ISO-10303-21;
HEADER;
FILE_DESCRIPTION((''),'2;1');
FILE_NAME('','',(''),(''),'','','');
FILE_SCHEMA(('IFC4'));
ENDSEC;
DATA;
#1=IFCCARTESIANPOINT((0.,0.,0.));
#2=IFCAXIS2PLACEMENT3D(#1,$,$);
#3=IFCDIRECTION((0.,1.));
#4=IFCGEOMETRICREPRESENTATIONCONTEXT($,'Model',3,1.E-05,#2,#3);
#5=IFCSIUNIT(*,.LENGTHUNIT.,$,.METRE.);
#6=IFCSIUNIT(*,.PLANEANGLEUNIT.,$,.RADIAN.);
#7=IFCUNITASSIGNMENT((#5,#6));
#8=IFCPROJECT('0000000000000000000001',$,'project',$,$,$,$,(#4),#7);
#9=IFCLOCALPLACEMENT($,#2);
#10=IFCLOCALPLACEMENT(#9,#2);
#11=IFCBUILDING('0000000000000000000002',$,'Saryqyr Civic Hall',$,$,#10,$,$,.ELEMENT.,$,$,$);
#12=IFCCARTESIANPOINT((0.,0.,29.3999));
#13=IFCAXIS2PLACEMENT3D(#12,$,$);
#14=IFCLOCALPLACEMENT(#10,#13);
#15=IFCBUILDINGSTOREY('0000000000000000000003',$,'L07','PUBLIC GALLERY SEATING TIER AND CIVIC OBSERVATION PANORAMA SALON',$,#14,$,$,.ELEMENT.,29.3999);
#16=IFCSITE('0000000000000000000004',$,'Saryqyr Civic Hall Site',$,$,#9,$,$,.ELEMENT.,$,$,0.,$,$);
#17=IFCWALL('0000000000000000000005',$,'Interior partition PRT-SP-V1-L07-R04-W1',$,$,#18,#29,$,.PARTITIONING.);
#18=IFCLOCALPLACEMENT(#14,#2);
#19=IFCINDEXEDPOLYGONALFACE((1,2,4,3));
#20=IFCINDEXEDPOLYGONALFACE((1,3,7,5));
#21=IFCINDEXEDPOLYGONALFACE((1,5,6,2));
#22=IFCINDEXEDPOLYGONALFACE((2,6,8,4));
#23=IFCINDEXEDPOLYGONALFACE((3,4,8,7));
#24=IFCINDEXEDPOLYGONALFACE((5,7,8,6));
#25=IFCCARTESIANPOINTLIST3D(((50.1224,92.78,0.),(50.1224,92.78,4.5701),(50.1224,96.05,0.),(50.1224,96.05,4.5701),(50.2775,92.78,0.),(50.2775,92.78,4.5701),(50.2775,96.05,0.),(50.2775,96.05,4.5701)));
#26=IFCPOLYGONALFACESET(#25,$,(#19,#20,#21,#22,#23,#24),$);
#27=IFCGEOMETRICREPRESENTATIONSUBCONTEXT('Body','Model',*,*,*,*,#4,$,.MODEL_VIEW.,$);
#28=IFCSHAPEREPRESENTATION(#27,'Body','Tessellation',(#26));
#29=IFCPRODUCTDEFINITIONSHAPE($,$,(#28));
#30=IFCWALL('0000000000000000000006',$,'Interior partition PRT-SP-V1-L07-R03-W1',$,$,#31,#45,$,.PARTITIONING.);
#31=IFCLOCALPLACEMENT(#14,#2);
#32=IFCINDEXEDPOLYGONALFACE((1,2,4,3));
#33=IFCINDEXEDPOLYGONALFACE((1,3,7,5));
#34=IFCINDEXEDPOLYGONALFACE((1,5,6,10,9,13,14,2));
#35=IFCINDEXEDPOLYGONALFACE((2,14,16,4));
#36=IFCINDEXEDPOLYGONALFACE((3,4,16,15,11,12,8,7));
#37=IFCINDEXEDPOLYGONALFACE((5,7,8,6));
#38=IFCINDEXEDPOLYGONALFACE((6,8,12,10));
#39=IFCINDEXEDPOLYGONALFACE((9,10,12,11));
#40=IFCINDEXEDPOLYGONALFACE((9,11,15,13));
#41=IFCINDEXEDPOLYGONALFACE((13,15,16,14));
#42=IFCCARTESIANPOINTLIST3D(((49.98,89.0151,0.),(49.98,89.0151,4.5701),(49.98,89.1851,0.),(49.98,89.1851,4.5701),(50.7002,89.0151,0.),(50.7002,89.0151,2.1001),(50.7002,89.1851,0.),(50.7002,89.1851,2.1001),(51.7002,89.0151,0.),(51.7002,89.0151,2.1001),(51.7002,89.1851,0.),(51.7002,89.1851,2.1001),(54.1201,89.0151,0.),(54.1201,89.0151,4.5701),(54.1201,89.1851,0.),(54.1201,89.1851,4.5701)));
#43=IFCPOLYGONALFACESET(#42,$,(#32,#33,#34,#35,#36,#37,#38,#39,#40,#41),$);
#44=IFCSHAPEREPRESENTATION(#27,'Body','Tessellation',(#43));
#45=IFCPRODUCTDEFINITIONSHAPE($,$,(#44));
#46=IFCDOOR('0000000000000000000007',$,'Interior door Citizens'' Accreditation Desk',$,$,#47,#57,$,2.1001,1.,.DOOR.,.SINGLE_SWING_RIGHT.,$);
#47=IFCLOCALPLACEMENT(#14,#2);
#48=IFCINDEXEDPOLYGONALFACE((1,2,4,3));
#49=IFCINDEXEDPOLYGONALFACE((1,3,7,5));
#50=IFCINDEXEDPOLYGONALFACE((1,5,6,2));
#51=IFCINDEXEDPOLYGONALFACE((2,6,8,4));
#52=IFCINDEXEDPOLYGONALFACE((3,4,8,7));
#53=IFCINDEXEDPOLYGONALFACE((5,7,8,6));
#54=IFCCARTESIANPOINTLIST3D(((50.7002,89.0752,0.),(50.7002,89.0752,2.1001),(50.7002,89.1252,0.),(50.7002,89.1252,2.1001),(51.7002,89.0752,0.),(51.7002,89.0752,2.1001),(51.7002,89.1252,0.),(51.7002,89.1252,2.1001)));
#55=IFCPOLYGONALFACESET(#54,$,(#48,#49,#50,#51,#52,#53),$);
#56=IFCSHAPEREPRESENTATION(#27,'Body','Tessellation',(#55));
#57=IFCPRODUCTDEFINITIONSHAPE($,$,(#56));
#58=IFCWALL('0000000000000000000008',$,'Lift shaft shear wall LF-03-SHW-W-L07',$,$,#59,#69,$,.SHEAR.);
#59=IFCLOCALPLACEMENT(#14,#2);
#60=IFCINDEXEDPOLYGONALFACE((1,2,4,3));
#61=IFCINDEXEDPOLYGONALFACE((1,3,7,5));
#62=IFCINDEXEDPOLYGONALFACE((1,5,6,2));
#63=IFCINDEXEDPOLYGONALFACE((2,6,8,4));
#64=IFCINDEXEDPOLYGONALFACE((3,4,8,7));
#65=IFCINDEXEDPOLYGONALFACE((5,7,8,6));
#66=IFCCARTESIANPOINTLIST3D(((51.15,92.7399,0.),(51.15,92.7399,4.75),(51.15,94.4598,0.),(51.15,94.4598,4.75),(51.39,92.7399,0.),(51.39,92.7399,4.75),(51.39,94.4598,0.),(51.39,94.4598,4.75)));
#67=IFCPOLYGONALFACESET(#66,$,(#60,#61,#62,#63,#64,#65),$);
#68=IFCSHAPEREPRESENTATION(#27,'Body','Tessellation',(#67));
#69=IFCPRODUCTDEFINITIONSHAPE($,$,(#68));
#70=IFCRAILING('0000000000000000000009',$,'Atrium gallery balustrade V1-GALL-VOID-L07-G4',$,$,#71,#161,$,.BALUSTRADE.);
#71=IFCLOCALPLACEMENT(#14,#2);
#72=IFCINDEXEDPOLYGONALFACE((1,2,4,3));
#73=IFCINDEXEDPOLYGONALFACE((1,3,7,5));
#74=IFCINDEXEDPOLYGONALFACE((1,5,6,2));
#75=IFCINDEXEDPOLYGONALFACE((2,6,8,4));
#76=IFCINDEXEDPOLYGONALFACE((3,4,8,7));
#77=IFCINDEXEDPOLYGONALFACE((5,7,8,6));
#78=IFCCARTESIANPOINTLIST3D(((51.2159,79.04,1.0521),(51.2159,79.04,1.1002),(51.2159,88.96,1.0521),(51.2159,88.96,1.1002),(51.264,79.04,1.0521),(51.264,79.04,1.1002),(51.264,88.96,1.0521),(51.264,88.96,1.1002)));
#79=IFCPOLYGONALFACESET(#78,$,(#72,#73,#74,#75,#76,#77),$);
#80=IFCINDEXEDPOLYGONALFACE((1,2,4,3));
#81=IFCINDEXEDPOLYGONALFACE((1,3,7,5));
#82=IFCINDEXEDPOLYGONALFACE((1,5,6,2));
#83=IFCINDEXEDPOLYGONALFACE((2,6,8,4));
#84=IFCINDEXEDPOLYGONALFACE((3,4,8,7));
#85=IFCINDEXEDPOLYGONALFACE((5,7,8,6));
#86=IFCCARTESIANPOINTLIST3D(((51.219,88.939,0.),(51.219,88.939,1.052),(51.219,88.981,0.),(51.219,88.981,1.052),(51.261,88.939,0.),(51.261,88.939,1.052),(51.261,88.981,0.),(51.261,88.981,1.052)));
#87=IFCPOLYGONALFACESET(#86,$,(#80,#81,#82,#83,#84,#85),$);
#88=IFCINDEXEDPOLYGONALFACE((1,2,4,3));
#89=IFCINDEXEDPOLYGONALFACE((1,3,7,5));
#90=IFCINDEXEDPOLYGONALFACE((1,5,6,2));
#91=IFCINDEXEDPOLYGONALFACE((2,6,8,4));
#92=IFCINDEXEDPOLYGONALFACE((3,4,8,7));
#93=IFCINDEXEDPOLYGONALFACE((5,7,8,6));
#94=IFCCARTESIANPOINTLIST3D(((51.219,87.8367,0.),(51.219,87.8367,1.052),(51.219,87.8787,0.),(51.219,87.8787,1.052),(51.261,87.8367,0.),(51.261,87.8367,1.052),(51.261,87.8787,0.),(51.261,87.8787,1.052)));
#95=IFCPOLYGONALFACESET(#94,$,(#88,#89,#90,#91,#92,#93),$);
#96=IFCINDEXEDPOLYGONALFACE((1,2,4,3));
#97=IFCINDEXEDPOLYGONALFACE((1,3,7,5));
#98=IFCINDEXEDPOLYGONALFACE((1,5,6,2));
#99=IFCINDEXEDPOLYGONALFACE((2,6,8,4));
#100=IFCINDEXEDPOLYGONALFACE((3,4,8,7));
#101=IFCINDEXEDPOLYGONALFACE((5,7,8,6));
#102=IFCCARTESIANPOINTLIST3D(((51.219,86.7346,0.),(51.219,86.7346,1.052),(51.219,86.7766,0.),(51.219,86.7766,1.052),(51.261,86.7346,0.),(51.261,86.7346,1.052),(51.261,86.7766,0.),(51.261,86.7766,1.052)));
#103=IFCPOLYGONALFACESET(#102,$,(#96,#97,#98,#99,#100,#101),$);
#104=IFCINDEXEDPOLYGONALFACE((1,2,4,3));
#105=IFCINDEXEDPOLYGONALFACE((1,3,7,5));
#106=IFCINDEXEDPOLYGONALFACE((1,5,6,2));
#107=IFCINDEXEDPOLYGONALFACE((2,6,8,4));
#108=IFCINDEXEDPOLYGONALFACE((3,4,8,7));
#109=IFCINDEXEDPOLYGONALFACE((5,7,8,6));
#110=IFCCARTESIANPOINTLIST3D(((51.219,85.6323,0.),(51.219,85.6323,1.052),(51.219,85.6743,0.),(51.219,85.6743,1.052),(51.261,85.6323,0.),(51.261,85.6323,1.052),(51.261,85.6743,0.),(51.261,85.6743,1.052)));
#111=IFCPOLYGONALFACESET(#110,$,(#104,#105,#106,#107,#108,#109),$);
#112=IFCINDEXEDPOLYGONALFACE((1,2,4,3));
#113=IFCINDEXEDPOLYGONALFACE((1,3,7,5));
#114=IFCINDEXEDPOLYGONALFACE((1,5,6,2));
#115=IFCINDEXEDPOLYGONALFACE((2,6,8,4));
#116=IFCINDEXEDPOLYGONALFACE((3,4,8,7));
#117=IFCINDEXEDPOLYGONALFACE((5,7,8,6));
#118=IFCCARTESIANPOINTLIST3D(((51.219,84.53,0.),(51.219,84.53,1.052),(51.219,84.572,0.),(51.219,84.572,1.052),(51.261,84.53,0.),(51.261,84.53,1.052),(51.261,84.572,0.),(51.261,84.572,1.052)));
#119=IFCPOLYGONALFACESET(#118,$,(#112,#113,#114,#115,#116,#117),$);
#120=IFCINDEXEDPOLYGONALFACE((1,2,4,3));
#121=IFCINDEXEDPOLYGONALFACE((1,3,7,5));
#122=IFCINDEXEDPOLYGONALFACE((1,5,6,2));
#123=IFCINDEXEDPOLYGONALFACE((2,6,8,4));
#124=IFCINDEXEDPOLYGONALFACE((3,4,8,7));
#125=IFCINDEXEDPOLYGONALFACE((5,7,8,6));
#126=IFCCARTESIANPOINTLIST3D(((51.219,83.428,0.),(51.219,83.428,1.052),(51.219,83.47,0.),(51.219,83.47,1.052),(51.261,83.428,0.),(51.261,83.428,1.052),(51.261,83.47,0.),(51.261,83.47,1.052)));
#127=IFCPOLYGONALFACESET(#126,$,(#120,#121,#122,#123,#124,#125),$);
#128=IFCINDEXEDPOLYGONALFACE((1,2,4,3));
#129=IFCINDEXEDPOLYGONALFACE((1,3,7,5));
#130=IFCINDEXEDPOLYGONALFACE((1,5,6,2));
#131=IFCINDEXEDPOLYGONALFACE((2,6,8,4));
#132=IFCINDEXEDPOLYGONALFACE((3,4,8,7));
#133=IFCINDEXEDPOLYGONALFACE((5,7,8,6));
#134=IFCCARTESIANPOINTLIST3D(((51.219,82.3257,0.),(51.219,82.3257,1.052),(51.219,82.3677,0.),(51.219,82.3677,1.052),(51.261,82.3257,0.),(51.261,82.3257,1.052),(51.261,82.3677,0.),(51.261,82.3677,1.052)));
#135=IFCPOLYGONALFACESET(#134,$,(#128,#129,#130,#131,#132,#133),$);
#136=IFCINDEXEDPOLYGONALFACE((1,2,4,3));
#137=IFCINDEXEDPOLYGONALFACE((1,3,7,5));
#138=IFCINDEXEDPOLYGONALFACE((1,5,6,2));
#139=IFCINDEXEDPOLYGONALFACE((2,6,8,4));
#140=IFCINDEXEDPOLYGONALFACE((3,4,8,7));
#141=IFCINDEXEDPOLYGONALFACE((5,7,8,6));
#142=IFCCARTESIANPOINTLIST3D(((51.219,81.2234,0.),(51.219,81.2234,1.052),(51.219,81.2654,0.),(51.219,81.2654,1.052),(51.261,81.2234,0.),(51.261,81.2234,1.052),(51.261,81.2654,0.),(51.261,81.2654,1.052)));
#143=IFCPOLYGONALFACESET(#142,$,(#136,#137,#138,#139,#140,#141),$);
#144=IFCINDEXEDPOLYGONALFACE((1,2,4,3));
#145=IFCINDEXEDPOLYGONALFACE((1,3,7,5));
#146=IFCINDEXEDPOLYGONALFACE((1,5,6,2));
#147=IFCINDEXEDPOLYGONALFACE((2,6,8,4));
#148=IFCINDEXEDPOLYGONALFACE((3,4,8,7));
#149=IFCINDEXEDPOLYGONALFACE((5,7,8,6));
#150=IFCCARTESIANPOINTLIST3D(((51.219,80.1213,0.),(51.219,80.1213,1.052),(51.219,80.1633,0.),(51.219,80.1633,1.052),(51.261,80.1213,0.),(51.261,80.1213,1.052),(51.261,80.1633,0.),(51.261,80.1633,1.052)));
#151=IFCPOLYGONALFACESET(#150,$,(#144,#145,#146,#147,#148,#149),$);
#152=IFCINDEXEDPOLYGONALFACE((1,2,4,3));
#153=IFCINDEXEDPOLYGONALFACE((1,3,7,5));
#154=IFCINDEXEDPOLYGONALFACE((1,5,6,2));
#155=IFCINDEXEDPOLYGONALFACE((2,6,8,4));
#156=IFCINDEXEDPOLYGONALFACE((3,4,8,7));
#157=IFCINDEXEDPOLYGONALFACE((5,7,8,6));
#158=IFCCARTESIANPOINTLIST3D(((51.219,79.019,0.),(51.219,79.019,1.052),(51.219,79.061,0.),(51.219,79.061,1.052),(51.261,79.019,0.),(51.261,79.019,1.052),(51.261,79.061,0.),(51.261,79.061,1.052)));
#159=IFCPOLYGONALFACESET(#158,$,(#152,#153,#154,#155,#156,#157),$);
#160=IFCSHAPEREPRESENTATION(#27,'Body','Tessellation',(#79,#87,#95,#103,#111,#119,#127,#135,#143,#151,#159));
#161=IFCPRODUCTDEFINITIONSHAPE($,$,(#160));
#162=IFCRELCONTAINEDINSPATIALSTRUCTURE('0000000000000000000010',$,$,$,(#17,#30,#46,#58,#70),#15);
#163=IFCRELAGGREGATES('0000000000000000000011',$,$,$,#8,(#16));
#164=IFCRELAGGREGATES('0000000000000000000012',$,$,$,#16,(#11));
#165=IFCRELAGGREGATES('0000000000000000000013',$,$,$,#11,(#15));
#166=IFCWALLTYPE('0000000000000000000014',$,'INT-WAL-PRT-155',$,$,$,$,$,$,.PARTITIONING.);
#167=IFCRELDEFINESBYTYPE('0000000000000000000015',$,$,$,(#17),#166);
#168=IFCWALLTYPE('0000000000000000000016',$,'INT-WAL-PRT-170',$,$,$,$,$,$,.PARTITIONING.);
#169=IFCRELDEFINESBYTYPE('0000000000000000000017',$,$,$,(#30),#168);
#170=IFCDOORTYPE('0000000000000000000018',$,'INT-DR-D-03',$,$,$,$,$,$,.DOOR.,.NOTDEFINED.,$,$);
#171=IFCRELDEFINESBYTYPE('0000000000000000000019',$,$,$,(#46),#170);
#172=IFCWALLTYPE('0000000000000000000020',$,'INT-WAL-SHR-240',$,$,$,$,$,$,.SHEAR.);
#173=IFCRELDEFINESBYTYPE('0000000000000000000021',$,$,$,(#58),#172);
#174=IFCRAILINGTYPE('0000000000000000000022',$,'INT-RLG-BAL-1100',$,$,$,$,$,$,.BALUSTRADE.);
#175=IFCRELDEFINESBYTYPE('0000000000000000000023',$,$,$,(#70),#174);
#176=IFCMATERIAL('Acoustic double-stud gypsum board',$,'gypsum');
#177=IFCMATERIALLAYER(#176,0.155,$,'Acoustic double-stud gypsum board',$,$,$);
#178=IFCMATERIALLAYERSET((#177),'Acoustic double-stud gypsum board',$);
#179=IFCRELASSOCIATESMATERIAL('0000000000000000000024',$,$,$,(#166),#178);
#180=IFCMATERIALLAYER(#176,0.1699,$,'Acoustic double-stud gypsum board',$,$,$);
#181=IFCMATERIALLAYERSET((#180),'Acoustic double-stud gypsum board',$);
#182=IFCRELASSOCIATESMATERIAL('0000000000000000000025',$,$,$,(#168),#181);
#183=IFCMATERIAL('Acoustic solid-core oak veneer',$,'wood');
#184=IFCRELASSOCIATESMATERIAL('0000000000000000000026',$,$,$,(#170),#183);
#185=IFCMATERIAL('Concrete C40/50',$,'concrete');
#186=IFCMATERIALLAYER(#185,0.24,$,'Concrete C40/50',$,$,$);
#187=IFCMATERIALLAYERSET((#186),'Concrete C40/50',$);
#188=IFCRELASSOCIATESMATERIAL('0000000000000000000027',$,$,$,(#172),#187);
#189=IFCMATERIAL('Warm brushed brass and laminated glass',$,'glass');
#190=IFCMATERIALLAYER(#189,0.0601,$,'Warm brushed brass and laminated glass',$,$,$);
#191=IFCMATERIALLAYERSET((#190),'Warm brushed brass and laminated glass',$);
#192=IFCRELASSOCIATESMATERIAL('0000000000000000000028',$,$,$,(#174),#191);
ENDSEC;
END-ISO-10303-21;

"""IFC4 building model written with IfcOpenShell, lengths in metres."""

from ifc_helpers import new_model, si_unit, direction, frame, frame_2d, origin, origin_2d, place, context, subcontext, project, spatial, rectangle, extrude, material, layer, layer_set, type_object, element, fill, save


model = new_model("IFC4")

# Units and contexts
model_context = context("Model", 3, precision=1e-05, world=origin(), true_north=direction((0.0, 1.0)))
body_context = subcontext(model_context, "Body", "Model", "MODEL_VIEW")
ifc_project = project(units=[si_unit("LENGTHUNIT", "METRE"), si_unit("PLANEANGLEUNIT", "RADIAN")], contexts=[model_context])

# Site, building, storey
site_placement = place(None, origin())
site = spatial("IfcSite", under=ifc_project, at=site_placement, Name="Saryqyr Civic Hall Site", CompositionType="ELEMENT", RefElevation=0.0)
building_placement = place(site_placement, origin())
building = spatial("IfcBuilding", under=site, at=building_placement, Name="Saryqyr Civic Hall", CompositionType="ELEMENT")
storey_placement = place(building_placement, frame((0.0, 0.0, 29.3999)))
storey = spatial("IfcBuildingStorey", under=building, at=storey_placement, Name="L07", Description="PUBLIC GALLERY SEATING TIER AND CIVIC OBSERVATION PANORAMA SALON", CompositionType="ELEMENT", Elevation=29.3999)

# Shared definitions
ifc_material_1 = material(Name="Acoustic solid-core oak veneer", Category="wood")

# Wall
ifc_material_2 = material(Name="Acoustic double-stud gypsum board", Category="gypsum")
ifc_layer_1 = layer(ifc_material_2, 0.155, Name="Acoustic double-stud gypsum board")
ifc_layer_set_1 = layer_set([ifc_layer_1], Name="Acoustic double-stud gypsum board")
wall_type_1 = type_object("IfcWallType", Name="INT-WAL-PRT-155", PredefinedType="PARTITIONING", material=ifc_layer_set_1)
wall_1_placement = place(storey_placement, frame((50.2, 92.78, 0.0), z_axis=(0.0, 0.0, 1.0), x_axis=(0.0, 1.0, 0.0)))
element("IfcWall", 1, at=wall_1_placement, inside=storey, type_object=wall_type_1, Name="Interior partition PRT-SP-V1-L07-R04-W1", PredefinedType="PARTITIONING", context=body_context, shape_type="SweptSolid", body=[
    extrude(rectangle(XDim=3.27, YDim=0.155, at=frame_2d((1.635, 0.0))), origin(), (0.0, 0.0, 1.0), 4.5701),
])

# Wall, opening, door
ifc_layer_2 = layer(ifc_material_2, 0.1699, Name="Acoustic double-stud gypsum board")
ifc_layer_set_2 = layer_set([ifc_layer_2], Name="Acoustic double-stud gypsum board")
wall_type_2 = type_object("IfcWallType", Name="INT-WAL-PRT-170", PredefinedType="PARTITIONING", material=ifc_layer_set_2)
wall_2_placement = place(storey_placement, frame((54.1201, 89.1001, 0.0), z_axis=(0.0, 0.0, 1.0), x_axis=(-1.0, 0.0, 0.0)))
wall_2 = element("IfcWall", 2, at=wall_2_placement, inside=storey, type_object=wall_type_2, Name="Interior partition PRT-SP-V1-L07-R03-W1", PredefinedType="PARTITIONING", context=body_context, shape_type="SweptSolid", body=[
    extrude(rectangle(XDim=4.1401, YDim=0.1699, at=frame_2d((2.0701, 0.0))), origin(), (0.0, 0.0, 1.0), 4.5701),
])
opening_1_placement = place(wall_2_placement, frame((2.4199, 0.0, 0.0)))
opening_1 = element("IfcOpeningElement", 3, at=opening_1_placement, cuts=wall_2, PredefinedType="OPENING", context=body_context, shape_type="SweptSolid", body=[
    extrude(rectangle(XDim=1.0, YDim=2.1001, at=frame_2d((0.5, 1.05))), frame((0.0, 0.095, 0.0), z_axis=(0.0, -1.0, 0.0), x_axis=(1.0, 0.0, 0.0)), (0.0, 0.0, 1.0), 0.1899),
])
door_type_1 = type_object("IfcDoorType", Name="INT-DR-D-03", OperationType="NOTDEFINED", PredefinedType="DOOR", material=ifc_material_1)
door_1_placement = place(opening_1_placement, origin())
door_1 = element("IfcDoor", 4, at=door_1_placement, inside=storey, type_object=door_type_1, Name="Interior door Citizens' Accreditation Desk", OperationType="SINGLE_SWING_RIGHT", OverallHeight=2.1001, OverallWidth=1.0, PredefinedType="DOOR", context=body_context, shape_type="SweptSolid", body=[
    extrude(rectangle(XDim=1.0, YDim=2.1001, at=frame_2d((0.5, 1.05))), frame((0.0, 0.0249, 0.0), z_axis=(0.0, -1.0, 0.0), x_axis=(1.0, 0.0, 0.0)), (0.0, 0.0, 1.0), 0.05),
])
fill(opening_1, door_1)
ifc_material_3 = material(Name="Concrete C40/50", Category="concrete")
ifc_layer_3 = layer(ifc_material_3, 0.24, Name="Concrete C40/50")
ifc_layer_set_3 = layer_set([ifc_layer_3], Name="Concrete C40/50")
wall_type_3 = type_object("IfcWallType", Name="INT-WAL-SHR-240", PredefinedType="SHEAR", material=ifc_layer_set_3)

# Wall
wall_3_placement = place(storey_placement, frame((51.27, 92.74, 0.0), z_axis=(0.0, 0.0, 1.0), x_axis=(0.0, 1.0, 0.0)))
element("IfcWall", 5, at=wall_3_placement, inside=storey, type_object=wall_type_3, Name="Lift shaft shear wall LF-03-SHW-W-L07", PredefinedType="SHEAR", context=body_context, shape_type="SweptSolid", body=[
    extrude(rectangle(XDim=1.72, YDim=0.24, at=frame_2d((0.8599, 0.0))), origin(), (0.0, 0.0, 1.0), 4.75),
])

# Railing
ifc_material_4 = material(Name="Warm brushed brass and laminated glass", Category="glass")
ifc_layer_4 = layer(ifc_material_4, 0.0601, Name="Warm brushed brass and laminated glass")
ifc_layer_set_4 = layer_set([ifc_layer_4], Name="Warm brushed brass and laminated glass")
railing_type = type_object("IfcRailingType", Name="INT-RLG-BAL-1100", PredefinedType="BALUSTRADE", material=ifc_layer_set_4)
railing_placement = place(storey_placement, frame((51.24, 88.96, 0.0)))
element("IfcRailing", 6, at=railing_placement, inside=storey, type_object=railing_type, Name="Atrium gallery balustrade V1-GALL-VOID-L07-G4", PredefinedType="BALUSTRADE", context=body_context, shape_type="SweptSolid", body=[
    extrude(rectangle(XDim=0.0481, YDim=0.0481, at=origin_2d()), frame((0.0, 0.0, 1.0762), z_axis=(0.0, -1.0, 0.0), x_axis=(1.0, 0.0, 0.0)), (0.0, 0.0, 1.0), 9.9199),
    extrude(rectangle(XDim=0.042, YDim=0.042, at=origin_2d()), origin(), (0.0, 0.0, 1.0), 1.052),
    extrude(rectangle(XDim=0.042, YDim=0.042, at=origin_2d()), frame((0.0, -1.1023, 0.0)), (0.0, 0.0, 1.0), 1.052),
    extrude(rectangle(XDim=0.042, YDim=0.042, at=origin_2d()), frame((0.0, -2.2043, 0.0)), (0.0, 0.0, 1.0), 1.052),
    extrude(rectangle(XDim=0.042, YDim=0.042, at=origin_2d()), frame((0.0, -3.3066, 0.0)), (0.0, 0.0, 1.0), 1.052),
    extrude(rectangle(XDim=0.042, YDim=0.042, at=origin_2d()), frame((0.0, -4.4089, 0.0)), (0.0, 0.0, 1.0), 1.052),
    extrude(rectangle(XDim=0.042, YDim=0.042, at=origin_2d()), frame((0.0, -5.511, 0.0)), (0.0, 0.0, 1.0), 1.052),
    extrude(rectangle(XDim=0.042, YDim=0.042, at=origin_2d()), frame((0.0, -6.6133, 0.0)), (0.0, 0.0, 1.0), 1.052),
    extrude(rectangle(XDim=0.042, YDim=0.042, at=origin_2d()), frame((0.0, -7.7156, 0.0)), (0.0, 0.0, 1.0), 1.052),
    extrude(rectangle(XDim=0.042, YDim=0.042, at=origin_2d()), frame((0.0, -8.8176, 0.0)), (0.0, 0.0, 1.0), 1.052),
    extrude(rectangle(XDim=0.042, YDim=0.042, at=origin_2d()), frame((0.0, -9.9199, 0.0)), (0.0, 0.0, 1.0), 1.052),
])

save(model, "model.ifc")
